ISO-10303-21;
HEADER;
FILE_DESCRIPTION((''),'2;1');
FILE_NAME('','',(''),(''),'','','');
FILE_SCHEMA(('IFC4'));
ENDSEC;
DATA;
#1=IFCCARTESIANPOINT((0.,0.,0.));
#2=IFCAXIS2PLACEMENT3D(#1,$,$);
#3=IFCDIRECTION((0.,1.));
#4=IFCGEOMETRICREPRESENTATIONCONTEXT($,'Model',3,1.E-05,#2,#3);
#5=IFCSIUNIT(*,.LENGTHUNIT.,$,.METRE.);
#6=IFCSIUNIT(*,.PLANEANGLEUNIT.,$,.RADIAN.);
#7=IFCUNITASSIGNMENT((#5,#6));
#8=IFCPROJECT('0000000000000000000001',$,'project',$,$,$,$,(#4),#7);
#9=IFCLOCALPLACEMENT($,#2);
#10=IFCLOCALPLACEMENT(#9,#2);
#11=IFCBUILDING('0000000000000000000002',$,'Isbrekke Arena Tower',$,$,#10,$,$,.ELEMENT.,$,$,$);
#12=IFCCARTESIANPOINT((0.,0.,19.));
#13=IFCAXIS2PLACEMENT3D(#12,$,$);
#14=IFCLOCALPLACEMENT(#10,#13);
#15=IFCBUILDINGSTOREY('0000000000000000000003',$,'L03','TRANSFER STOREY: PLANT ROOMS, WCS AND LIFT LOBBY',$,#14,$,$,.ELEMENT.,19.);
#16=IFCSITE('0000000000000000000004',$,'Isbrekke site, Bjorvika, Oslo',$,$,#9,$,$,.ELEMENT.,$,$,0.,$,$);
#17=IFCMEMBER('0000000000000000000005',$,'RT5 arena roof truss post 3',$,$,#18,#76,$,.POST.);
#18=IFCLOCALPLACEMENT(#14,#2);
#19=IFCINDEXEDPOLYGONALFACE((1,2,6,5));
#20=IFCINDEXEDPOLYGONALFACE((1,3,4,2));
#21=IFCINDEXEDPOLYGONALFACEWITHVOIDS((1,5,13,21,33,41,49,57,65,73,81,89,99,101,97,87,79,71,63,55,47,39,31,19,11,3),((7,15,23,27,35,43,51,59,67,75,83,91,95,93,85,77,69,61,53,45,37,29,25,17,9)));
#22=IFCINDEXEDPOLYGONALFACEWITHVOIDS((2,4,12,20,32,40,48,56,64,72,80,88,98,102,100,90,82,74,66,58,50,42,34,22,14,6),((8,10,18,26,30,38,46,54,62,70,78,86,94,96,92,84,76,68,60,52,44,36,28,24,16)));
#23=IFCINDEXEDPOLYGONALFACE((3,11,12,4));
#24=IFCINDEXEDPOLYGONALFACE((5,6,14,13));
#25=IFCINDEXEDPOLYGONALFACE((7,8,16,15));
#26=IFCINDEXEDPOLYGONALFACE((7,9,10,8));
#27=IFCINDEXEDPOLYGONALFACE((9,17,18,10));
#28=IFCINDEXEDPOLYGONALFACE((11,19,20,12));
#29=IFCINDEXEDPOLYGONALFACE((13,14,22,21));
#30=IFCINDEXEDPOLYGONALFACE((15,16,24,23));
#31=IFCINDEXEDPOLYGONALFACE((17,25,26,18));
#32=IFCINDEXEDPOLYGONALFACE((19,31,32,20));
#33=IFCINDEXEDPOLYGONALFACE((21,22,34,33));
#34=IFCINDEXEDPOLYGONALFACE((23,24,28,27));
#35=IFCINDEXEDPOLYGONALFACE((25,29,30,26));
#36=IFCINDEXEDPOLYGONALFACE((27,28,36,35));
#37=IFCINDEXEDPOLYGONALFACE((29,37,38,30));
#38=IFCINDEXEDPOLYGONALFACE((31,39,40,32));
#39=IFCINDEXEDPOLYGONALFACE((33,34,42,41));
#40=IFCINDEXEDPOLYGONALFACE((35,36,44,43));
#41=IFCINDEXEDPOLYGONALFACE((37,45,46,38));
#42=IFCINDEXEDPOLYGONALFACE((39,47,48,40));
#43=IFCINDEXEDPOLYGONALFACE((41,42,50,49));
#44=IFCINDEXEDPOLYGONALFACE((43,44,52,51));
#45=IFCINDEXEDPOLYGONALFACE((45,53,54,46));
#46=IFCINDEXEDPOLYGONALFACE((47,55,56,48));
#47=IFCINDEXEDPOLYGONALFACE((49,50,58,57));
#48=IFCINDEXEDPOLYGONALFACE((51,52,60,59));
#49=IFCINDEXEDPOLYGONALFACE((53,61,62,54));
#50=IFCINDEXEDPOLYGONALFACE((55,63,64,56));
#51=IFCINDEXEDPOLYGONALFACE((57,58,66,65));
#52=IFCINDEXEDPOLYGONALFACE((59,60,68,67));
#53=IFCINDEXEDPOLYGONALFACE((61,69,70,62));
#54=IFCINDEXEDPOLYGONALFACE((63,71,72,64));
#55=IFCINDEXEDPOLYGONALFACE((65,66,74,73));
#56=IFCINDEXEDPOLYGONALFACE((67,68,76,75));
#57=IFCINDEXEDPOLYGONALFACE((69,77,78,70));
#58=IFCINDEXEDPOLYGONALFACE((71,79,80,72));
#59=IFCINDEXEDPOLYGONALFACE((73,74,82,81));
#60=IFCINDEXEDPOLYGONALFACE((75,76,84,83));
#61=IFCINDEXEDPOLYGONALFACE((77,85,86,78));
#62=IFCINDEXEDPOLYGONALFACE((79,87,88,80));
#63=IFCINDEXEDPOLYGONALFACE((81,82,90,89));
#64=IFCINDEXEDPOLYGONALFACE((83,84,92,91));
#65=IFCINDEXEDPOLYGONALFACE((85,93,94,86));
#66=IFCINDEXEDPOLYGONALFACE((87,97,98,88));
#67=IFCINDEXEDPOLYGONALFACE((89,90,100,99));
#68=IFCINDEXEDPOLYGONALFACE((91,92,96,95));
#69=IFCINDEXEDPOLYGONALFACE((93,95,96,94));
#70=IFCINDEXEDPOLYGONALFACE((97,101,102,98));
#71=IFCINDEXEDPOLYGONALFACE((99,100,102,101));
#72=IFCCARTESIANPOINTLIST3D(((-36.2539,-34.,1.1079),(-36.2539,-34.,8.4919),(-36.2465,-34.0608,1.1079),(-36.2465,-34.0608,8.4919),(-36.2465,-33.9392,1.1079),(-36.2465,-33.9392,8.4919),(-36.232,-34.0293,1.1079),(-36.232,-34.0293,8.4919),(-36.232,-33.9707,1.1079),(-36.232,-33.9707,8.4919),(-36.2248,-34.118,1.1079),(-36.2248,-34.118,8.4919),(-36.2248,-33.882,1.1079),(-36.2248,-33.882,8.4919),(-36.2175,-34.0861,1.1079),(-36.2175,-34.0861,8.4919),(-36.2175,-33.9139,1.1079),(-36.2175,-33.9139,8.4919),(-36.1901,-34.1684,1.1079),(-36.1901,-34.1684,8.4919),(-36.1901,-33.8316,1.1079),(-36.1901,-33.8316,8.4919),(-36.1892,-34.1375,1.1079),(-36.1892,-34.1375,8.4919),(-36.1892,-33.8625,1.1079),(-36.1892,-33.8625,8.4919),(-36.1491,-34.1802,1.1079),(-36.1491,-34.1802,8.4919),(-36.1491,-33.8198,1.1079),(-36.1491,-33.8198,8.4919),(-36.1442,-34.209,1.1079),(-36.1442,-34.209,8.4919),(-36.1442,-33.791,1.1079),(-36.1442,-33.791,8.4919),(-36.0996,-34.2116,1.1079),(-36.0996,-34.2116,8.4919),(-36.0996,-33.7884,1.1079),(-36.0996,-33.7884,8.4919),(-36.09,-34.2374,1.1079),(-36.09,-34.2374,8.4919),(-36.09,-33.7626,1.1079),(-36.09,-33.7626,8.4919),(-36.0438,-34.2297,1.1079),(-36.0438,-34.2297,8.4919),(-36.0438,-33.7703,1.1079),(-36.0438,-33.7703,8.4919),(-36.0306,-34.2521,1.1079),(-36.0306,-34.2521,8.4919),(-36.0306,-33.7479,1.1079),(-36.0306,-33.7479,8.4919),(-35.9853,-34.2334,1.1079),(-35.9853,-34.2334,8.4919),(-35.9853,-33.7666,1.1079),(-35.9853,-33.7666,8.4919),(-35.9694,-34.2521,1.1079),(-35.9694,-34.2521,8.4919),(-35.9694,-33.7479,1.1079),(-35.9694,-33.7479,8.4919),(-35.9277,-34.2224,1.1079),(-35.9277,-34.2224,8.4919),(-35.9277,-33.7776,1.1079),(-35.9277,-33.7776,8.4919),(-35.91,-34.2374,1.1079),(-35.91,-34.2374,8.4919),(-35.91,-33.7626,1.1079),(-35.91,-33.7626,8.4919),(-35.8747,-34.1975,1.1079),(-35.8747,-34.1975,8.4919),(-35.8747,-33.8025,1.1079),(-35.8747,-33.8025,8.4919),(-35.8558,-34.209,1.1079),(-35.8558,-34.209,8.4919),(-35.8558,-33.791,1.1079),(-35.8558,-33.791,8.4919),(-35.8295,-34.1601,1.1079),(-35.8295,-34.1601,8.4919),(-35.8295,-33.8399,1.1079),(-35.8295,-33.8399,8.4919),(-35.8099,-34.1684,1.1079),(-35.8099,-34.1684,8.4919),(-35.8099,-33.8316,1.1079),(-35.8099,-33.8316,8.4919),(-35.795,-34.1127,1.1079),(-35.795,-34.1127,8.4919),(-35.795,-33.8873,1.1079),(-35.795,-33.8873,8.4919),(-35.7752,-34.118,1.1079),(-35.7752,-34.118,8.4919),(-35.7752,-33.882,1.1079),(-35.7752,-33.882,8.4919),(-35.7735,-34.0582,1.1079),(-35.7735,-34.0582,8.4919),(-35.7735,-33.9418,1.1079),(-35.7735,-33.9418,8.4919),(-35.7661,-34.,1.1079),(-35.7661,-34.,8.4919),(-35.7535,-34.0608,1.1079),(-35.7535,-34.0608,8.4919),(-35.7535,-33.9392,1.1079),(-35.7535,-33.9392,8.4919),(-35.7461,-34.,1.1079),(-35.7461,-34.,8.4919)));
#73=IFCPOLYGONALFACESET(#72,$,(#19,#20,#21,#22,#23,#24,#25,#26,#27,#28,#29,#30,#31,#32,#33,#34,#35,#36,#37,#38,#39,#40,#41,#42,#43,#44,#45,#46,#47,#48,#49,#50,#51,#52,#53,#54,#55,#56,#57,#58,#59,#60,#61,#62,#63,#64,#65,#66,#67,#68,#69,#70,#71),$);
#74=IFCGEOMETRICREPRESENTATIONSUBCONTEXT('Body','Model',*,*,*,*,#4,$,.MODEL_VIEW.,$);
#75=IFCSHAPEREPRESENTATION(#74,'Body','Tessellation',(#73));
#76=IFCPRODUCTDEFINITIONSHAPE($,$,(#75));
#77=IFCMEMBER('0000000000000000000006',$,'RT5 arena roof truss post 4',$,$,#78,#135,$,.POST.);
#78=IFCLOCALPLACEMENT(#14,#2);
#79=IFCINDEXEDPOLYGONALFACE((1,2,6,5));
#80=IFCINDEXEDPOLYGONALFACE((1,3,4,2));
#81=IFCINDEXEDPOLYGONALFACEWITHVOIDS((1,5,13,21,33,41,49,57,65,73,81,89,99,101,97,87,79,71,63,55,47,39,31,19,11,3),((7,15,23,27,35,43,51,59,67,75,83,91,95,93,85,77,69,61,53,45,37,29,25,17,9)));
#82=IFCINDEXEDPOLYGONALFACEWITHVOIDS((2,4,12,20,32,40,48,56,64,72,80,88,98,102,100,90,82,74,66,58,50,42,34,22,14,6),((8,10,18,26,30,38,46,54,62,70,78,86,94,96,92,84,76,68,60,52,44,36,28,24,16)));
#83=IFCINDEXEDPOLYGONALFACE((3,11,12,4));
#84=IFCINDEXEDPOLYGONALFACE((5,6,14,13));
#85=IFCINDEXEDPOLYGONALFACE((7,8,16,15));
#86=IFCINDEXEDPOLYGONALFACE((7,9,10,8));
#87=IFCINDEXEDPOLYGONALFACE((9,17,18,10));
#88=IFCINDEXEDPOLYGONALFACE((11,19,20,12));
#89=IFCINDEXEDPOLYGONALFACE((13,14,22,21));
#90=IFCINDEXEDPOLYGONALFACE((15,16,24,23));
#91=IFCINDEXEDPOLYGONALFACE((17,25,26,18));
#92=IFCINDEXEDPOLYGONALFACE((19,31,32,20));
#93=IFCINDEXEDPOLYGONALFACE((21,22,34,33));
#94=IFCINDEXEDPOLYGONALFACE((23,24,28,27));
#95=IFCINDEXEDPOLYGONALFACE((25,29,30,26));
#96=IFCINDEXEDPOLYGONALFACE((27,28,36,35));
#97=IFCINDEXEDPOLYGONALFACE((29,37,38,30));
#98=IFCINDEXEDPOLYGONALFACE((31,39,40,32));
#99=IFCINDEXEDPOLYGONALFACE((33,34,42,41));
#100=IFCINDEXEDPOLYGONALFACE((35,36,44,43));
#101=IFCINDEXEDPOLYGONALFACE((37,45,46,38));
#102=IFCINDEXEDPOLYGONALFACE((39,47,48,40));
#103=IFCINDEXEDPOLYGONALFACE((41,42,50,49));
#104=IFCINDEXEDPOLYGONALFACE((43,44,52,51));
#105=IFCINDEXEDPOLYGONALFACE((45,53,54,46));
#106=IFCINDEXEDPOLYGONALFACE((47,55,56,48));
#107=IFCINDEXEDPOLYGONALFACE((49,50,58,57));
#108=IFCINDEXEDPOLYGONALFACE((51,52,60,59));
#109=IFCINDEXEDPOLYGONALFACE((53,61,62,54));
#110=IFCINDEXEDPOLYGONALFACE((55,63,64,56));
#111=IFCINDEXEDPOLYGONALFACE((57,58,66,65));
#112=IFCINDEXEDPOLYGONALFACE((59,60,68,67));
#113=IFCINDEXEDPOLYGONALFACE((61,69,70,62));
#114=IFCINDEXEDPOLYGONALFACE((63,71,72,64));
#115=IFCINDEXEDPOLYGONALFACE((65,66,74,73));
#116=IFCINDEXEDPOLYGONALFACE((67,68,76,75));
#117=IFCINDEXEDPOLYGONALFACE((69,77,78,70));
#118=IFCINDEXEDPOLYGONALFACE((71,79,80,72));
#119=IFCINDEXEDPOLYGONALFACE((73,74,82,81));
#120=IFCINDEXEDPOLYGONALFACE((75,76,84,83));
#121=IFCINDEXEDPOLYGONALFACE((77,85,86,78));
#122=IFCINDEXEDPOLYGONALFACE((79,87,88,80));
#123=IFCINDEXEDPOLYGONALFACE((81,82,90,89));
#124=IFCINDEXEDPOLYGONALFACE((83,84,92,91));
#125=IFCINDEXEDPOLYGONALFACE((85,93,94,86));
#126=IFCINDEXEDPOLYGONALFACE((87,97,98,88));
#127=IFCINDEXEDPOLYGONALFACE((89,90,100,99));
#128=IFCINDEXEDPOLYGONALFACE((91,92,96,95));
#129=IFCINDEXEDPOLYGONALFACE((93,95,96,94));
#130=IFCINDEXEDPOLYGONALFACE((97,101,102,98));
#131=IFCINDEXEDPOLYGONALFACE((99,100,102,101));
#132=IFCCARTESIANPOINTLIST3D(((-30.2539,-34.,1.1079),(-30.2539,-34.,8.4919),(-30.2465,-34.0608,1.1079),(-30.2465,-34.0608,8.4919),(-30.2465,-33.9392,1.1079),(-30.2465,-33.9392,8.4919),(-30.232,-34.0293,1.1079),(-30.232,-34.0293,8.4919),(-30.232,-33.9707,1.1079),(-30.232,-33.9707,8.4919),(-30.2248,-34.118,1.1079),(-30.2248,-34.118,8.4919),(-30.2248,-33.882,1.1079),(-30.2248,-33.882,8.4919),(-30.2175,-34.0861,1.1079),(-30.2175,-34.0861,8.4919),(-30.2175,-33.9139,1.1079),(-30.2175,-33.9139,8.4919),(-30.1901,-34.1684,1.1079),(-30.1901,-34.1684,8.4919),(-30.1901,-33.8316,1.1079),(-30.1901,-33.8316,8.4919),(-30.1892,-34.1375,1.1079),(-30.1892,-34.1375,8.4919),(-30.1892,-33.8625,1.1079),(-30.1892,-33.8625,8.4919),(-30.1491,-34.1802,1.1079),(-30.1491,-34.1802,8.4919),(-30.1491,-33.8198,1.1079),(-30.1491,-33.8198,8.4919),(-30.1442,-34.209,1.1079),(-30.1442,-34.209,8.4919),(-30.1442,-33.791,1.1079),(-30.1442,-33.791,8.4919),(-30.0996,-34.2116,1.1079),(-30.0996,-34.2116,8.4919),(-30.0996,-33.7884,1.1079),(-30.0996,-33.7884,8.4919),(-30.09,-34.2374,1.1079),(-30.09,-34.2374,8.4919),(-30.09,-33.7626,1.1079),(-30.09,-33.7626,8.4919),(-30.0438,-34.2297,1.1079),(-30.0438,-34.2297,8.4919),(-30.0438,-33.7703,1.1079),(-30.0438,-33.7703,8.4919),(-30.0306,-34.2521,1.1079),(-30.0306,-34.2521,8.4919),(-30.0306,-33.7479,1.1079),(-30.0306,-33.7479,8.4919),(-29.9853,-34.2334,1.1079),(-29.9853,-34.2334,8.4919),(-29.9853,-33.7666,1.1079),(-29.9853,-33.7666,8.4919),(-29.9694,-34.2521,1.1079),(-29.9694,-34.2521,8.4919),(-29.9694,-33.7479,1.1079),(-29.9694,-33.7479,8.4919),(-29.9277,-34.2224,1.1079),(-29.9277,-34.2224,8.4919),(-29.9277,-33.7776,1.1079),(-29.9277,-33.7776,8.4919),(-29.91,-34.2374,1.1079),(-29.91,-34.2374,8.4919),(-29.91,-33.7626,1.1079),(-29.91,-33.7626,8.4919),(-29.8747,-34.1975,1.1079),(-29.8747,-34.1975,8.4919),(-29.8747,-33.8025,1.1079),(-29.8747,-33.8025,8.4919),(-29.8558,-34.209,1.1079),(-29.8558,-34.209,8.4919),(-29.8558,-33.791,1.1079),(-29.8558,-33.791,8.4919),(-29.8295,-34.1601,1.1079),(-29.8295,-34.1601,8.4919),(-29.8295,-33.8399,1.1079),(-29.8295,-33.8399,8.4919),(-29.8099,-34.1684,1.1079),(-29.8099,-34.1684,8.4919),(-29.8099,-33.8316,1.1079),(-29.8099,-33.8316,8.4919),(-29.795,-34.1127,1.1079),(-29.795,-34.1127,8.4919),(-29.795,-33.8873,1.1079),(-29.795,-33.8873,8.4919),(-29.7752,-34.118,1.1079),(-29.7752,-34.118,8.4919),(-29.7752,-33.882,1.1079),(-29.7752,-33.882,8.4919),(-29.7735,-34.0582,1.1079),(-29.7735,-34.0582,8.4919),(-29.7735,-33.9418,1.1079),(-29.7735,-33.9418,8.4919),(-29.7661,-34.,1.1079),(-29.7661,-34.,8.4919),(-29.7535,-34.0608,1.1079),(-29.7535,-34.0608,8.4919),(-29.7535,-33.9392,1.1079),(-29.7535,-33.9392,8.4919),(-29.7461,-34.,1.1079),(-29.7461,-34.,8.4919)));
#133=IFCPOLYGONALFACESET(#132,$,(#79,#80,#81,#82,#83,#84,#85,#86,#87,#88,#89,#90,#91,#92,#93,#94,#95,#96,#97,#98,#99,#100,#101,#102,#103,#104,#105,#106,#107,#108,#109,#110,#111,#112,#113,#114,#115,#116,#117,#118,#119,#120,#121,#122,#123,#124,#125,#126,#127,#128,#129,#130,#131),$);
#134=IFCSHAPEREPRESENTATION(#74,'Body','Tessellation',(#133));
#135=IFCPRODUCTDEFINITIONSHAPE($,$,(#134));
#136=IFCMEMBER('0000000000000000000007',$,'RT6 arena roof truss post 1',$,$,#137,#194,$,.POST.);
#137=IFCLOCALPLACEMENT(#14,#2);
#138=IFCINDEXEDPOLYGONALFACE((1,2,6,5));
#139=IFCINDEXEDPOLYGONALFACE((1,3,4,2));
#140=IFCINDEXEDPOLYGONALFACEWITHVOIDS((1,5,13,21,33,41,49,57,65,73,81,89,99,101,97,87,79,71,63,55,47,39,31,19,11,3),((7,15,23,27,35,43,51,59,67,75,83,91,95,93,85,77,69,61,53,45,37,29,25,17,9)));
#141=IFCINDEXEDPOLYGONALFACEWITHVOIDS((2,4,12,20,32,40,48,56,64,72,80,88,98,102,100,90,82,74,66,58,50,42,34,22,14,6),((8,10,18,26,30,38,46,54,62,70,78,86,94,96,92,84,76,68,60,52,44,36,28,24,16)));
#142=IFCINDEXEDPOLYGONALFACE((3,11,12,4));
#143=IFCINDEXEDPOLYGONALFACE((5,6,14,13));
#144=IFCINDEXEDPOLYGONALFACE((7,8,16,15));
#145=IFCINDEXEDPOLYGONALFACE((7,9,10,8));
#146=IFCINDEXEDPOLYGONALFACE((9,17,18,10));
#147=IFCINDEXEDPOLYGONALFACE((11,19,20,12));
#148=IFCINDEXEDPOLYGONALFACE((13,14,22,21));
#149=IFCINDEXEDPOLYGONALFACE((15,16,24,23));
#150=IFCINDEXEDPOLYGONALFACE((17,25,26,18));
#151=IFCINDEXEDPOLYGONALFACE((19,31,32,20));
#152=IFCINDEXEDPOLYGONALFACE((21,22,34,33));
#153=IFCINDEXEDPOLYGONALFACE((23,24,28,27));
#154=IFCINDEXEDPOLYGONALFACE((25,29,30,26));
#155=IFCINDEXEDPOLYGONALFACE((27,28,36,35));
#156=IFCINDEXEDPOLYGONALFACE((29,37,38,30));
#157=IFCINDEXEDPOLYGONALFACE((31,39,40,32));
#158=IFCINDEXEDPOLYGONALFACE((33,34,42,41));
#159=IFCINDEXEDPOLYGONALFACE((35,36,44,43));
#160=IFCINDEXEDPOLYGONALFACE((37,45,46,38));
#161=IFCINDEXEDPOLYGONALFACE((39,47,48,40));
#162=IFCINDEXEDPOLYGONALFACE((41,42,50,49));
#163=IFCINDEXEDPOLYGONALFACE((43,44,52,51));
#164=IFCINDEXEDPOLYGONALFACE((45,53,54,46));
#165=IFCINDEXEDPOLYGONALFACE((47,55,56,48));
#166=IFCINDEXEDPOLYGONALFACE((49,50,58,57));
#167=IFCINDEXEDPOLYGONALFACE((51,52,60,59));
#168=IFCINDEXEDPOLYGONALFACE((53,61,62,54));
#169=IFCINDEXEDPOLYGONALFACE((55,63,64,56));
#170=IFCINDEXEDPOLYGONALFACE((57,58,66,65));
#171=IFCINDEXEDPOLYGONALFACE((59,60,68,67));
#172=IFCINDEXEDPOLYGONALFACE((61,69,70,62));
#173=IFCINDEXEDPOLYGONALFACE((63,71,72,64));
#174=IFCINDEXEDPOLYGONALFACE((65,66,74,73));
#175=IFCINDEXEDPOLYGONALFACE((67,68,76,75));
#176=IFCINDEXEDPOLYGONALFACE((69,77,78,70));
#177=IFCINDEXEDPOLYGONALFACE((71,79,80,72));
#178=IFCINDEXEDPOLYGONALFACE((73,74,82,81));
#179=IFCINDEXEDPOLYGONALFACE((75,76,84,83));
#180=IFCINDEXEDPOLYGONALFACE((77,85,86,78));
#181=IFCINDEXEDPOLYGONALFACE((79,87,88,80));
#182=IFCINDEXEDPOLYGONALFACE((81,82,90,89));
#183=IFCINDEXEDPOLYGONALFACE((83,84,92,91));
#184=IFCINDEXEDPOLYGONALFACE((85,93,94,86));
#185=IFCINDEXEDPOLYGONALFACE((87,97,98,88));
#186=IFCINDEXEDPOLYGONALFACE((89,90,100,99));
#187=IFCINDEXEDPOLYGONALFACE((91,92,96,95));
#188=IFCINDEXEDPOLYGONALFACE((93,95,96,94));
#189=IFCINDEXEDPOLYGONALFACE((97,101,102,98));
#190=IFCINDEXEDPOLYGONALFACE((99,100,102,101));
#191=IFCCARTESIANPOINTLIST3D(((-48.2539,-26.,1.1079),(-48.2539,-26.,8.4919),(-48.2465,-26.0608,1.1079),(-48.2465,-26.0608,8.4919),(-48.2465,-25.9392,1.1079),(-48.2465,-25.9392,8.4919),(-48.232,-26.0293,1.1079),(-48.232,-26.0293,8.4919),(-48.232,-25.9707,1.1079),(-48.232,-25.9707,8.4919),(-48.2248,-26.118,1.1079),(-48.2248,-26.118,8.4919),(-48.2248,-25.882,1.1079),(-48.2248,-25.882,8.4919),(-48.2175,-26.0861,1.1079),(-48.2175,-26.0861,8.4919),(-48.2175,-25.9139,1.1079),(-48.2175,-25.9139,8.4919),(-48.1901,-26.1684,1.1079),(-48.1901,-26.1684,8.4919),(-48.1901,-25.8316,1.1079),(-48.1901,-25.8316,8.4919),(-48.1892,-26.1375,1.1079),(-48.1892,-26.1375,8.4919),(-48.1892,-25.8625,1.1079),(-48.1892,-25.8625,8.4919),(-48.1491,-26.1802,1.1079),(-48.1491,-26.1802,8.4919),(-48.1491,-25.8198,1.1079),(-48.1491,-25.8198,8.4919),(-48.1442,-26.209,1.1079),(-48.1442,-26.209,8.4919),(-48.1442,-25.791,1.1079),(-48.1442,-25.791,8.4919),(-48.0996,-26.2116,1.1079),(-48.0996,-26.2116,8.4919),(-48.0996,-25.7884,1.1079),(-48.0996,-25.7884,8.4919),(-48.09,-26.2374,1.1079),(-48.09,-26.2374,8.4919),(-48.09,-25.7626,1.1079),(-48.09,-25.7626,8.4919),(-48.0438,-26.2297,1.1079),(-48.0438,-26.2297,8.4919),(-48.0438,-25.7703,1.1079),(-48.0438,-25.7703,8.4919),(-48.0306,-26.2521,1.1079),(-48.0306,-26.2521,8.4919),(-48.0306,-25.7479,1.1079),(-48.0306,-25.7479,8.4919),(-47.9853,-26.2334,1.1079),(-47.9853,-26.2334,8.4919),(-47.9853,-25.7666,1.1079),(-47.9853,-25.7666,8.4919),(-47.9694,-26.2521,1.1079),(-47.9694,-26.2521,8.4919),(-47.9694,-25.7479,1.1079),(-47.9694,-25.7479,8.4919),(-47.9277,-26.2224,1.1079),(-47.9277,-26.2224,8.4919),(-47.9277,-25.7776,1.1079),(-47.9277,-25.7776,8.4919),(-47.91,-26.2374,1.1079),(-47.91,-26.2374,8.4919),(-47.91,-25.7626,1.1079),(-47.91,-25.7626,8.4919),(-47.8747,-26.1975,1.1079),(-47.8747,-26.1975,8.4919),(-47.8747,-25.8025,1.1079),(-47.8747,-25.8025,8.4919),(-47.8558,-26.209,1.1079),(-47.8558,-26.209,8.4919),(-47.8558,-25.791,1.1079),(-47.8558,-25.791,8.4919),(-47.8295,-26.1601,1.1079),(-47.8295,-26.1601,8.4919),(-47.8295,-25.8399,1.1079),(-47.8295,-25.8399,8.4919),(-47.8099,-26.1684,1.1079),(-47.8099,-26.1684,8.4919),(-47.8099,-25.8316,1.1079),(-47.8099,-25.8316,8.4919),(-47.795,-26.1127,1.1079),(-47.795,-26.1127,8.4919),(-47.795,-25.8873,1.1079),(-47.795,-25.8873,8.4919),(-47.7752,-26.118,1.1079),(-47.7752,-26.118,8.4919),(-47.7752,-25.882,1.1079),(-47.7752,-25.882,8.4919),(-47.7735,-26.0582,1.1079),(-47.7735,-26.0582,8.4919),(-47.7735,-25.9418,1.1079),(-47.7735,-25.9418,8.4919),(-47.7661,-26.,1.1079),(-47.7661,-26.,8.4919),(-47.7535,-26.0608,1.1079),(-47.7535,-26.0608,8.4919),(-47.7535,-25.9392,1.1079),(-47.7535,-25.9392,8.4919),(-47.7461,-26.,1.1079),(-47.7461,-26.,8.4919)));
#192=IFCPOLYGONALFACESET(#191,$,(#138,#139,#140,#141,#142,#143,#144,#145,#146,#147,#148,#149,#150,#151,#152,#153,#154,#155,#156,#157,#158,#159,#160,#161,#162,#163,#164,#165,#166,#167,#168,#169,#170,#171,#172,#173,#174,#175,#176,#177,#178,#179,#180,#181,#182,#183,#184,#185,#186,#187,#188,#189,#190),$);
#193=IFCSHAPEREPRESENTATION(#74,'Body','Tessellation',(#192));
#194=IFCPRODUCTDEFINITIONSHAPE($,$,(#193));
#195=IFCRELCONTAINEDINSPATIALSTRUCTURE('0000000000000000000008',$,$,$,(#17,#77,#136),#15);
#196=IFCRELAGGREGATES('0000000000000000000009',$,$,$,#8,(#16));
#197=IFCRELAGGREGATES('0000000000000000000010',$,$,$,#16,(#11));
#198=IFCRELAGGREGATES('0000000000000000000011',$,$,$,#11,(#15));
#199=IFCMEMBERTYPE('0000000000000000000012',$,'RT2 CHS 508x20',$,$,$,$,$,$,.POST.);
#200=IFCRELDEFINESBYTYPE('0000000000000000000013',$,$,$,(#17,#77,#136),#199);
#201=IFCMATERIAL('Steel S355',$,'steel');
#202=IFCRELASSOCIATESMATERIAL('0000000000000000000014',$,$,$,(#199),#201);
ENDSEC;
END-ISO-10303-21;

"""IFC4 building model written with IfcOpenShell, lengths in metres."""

from ifc_helpers import new_model, si_unit, direction, frame, origin, origin_2d, place, context, subcontext, project, spatial, hollow_circle, extrude, material, material_profile, profile_set, type_object, element, save


model = new_model("IFC4")

# Units and contexts
model_context = context("Model", 3, precision=1e-05, world=origin(), true_north=direction((0.0, 1.0)))
body_context = subcontext(model_context, "Body", "Model", "MODEL_VIEW")
ifc_project = project(units=[si_unit("LENGTHUNIT", "METRE"), si_unit("PLANEANGLEUNIT", "RADIAN")], contexts=[model_context])

# Site, building, storey
site_placement = place(None, origin())
site = spatial("IfcSite", under=ifc_project, at=site_placement, Name="Isbrekke site, Bjorvika, Oslo", CompositionType="ELEMENT", RefElevation=0.0)
building_placement = place(site_placement, origin())
building = spatial("IfcBuilding", under=site, at=building_placement, Name="Isbrekke Arena Tower", CompositionType="ELEMENT")
storey_placement = place(building_placement, frame((0.0, 0.0, 19.0)))
storey = spatial("IfcBuildingStorey", under=building, at=storey_placement, Name="L03", Description="TRANSFER STOREY: PLANT ROOMS, WCS AND LIFT LOBBY", CompositionType="ELEMENT", Elevation=19.0)

# Members
ifc_material_1 = material(Name="Steel S355", Category="steel")
ifc_material_profile_1 = material_profile(ifc_material_1, hollow_circle(Radius=0.2539, WallThickness=0.02, at=origin_2d()), Name="CHS 508x20")
ifc_profile_set_1 = profile_set([ifc_material_profile_1], Name="Steel S355")
member_type_1 = type_object("IfcMemberType", Name="RT2 CHS 508x20", PredefinedType="POST", material=ifc_profile_set_1)
for number, where, z_axis, x_axis, name in (
    (1, (-36.0, -34.0, 1.1079), (0.0, 0.0, 1.0), (1.0, 0.0, 0.0), "RT5 arena roof truss post 3"),
    (2, (-30.0, -34.0, 1.1079), (0.0, 0.0, 1.0), (1.0, 0.0, 0.0), "RT5 arena roof truss post 4"),
    (3, (-48.0, -26.0, 1.1079), (0.0, 0.0, 1.0), (1.0, 0.0, 0.0), "RT6 arena roof truss post 1"),
):
    element("IfcMember", number, at=place(storey_placement, frame(where, z_axis=z_axis, x_axis=x_axis)), inside=storey, type_object=member_type_1, Name=name, PredefinedType="POST", context=body_context, shape_type="SweptSolid", body=[
        extrude(hollow_circle(Radius=0.2539, WallThickness=0.02, at=origin_2d()), origin(), (0.0, 0.0, 1.0), 7.384),
    ])

save(model, "model.ifc")
